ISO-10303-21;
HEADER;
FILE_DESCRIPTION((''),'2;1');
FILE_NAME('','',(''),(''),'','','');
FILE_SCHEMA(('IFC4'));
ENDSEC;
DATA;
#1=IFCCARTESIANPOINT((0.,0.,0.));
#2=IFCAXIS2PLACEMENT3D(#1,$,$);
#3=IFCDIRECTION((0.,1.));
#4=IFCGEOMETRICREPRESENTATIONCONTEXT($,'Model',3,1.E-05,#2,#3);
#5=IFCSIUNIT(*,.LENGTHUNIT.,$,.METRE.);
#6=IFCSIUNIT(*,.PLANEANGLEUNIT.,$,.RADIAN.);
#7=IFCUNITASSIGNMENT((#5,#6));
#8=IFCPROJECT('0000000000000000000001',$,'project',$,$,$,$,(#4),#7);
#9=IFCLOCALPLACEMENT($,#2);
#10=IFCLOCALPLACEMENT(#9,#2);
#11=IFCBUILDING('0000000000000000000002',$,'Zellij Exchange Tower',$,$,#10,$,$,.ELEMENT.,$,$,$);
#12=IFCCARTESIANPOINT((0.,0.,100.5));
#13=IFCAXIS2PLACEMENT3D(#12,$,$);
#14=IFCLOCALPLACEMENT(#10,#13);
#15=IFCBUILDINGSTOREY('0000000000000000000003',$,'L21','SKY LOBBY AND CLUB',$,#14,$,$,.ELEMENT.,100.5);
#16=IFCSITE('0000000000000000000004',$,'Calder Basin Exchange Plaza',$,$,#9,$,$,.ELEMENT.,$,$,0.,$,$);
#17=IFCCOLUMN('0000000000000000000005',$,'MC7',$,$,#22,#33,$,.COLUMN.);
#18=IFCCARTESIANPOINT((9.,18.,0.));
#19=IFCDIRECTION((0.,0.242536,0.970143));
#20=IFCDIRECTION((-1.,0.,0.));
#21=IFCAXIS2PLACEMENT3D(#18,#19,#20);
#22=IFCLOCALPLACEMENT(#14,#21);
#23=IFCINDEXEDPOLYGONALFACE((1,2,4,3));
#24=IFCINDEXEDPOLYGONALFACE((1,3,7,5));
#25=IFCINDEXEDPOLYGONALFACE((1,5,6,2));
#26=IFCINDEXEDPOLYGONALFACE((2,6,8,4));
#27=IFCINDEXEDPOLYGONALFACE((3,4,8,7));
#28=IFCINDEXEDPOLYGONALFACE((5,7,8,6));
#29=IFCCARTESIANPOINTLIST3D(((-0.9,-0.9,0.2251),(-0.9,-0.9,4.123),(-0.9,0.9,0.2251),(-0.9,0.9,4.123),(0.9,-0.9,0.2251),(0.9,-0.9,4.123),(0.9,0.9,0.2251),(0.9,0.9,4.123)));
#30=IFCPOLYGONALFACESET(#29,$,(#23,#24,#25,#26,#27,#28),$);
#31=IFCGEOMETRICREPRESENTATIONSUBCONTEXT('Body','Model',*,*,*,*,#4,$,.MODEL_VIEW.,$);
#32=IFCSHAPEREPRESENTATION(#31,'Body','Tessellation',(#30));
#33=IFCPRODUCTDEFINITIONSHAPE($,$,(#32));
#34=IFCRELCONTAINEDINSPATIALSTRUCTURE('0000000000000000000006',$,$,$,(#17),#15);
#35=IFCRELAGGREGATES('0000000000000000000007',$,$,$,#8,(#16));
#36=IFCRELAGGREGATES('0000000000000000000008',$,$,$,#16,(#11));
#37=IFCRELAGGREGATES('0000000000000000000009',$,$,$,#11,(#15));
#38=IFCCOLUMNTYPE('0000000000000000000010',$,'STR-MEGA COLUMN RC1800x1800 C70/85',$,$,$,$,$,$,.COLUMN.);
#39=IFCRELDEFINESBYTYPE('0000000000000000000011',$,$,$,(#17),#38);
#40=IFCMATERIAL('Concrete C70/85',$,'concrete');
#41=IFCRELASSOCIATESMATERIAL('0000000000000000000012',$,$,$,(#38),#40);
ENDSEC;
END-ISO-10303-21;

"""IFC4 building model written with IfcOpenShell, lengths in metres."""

from ifc_helpers import new_model, si_unit, direction, frame, origin, origin_2d, place, context, subcontext, project, spatial, rectangle, extrude, clip, halfspace, material, material_profile, profile_set, type_object, element, save


model = new_model("IFC4")

# Units and contexts
model_context = context("Model", 3, precision=1e-05, world=origin(), true_north=direction((0.0, 1.0)))
body_context = subcontext(model_context, "Body", "Model", "MODEL_VIEW")
ifc_project = project(units=[si_unit("LENGTHUNIT", "METRE"), si_unit("PLANEANGLEUNIT", "RADIAN")], contexts=[model_context])

# Site, building, storey
site_placement = place(None, origin())
site = spatial("IfcSite", under=ifc_project, at=site_placement, Name="Calder Basin Exchange Plaza", CompositionType="ELEMENT", RefElevation=0.0)
building_placement = place(site_placement, origin())
building = spatial("IfcBuilding", under=site, at=building_placement, Name="Zellij Exchange Tower", CompositionType="ELEMENT")
storey_placement = place(building_placement, frame((0.0, 0.0, 100.5)))
storey = spatial("IfcBuildingStorey", under=building, at=storey_placement, Name="L21", Description="SKY LOBBY AND CLUB", CompositionType="ELEMENT", Elevation=100.5)

# Column
ifc_material_1 = material(Name="Concrete C70/85", Category="concrete")
ifc_material_profile_1 = material_profile(ifc_material_1, rectangle(XDim=1.8, YDim=1.8, at=origin_2d()), Name="STR-MEGA COLUMN RC1800x1800 C70/85")
ifc_profile_set_1 = profile_set([ifc_material_profile_1], Name="Concrete C70/85")
column_type_1 = type_object("IfcColumnType", Name="STR-MEGA COLUMN RC1800x1800 C70/85", PredefinedType="COLUMN", material=ifc_profile_set_1)
column_placement = place(storey_placement, frame((9.0, 18.0, 0.0), z_axis=(0.0, 0.242536, 0.970143), x_axis=(-1.0, 0.0, 0.0)))
element("IfcColumn", 1, at=column_placement, inside=storey, type_object=column_type_1, Name="MC7", PredefinedType="COLUMN", context=body_context, shape_type="Clipping", body=[
    clip(extrude(rectangle(XDim=1.8, YDim=1.8, at=origin_2d()), origin(), (0.0, 0.0, 1.0), 4.123), halfspace(frame((0.0, 0.0, 0.2251)), True)),
])

save(model, "model.ifc")
